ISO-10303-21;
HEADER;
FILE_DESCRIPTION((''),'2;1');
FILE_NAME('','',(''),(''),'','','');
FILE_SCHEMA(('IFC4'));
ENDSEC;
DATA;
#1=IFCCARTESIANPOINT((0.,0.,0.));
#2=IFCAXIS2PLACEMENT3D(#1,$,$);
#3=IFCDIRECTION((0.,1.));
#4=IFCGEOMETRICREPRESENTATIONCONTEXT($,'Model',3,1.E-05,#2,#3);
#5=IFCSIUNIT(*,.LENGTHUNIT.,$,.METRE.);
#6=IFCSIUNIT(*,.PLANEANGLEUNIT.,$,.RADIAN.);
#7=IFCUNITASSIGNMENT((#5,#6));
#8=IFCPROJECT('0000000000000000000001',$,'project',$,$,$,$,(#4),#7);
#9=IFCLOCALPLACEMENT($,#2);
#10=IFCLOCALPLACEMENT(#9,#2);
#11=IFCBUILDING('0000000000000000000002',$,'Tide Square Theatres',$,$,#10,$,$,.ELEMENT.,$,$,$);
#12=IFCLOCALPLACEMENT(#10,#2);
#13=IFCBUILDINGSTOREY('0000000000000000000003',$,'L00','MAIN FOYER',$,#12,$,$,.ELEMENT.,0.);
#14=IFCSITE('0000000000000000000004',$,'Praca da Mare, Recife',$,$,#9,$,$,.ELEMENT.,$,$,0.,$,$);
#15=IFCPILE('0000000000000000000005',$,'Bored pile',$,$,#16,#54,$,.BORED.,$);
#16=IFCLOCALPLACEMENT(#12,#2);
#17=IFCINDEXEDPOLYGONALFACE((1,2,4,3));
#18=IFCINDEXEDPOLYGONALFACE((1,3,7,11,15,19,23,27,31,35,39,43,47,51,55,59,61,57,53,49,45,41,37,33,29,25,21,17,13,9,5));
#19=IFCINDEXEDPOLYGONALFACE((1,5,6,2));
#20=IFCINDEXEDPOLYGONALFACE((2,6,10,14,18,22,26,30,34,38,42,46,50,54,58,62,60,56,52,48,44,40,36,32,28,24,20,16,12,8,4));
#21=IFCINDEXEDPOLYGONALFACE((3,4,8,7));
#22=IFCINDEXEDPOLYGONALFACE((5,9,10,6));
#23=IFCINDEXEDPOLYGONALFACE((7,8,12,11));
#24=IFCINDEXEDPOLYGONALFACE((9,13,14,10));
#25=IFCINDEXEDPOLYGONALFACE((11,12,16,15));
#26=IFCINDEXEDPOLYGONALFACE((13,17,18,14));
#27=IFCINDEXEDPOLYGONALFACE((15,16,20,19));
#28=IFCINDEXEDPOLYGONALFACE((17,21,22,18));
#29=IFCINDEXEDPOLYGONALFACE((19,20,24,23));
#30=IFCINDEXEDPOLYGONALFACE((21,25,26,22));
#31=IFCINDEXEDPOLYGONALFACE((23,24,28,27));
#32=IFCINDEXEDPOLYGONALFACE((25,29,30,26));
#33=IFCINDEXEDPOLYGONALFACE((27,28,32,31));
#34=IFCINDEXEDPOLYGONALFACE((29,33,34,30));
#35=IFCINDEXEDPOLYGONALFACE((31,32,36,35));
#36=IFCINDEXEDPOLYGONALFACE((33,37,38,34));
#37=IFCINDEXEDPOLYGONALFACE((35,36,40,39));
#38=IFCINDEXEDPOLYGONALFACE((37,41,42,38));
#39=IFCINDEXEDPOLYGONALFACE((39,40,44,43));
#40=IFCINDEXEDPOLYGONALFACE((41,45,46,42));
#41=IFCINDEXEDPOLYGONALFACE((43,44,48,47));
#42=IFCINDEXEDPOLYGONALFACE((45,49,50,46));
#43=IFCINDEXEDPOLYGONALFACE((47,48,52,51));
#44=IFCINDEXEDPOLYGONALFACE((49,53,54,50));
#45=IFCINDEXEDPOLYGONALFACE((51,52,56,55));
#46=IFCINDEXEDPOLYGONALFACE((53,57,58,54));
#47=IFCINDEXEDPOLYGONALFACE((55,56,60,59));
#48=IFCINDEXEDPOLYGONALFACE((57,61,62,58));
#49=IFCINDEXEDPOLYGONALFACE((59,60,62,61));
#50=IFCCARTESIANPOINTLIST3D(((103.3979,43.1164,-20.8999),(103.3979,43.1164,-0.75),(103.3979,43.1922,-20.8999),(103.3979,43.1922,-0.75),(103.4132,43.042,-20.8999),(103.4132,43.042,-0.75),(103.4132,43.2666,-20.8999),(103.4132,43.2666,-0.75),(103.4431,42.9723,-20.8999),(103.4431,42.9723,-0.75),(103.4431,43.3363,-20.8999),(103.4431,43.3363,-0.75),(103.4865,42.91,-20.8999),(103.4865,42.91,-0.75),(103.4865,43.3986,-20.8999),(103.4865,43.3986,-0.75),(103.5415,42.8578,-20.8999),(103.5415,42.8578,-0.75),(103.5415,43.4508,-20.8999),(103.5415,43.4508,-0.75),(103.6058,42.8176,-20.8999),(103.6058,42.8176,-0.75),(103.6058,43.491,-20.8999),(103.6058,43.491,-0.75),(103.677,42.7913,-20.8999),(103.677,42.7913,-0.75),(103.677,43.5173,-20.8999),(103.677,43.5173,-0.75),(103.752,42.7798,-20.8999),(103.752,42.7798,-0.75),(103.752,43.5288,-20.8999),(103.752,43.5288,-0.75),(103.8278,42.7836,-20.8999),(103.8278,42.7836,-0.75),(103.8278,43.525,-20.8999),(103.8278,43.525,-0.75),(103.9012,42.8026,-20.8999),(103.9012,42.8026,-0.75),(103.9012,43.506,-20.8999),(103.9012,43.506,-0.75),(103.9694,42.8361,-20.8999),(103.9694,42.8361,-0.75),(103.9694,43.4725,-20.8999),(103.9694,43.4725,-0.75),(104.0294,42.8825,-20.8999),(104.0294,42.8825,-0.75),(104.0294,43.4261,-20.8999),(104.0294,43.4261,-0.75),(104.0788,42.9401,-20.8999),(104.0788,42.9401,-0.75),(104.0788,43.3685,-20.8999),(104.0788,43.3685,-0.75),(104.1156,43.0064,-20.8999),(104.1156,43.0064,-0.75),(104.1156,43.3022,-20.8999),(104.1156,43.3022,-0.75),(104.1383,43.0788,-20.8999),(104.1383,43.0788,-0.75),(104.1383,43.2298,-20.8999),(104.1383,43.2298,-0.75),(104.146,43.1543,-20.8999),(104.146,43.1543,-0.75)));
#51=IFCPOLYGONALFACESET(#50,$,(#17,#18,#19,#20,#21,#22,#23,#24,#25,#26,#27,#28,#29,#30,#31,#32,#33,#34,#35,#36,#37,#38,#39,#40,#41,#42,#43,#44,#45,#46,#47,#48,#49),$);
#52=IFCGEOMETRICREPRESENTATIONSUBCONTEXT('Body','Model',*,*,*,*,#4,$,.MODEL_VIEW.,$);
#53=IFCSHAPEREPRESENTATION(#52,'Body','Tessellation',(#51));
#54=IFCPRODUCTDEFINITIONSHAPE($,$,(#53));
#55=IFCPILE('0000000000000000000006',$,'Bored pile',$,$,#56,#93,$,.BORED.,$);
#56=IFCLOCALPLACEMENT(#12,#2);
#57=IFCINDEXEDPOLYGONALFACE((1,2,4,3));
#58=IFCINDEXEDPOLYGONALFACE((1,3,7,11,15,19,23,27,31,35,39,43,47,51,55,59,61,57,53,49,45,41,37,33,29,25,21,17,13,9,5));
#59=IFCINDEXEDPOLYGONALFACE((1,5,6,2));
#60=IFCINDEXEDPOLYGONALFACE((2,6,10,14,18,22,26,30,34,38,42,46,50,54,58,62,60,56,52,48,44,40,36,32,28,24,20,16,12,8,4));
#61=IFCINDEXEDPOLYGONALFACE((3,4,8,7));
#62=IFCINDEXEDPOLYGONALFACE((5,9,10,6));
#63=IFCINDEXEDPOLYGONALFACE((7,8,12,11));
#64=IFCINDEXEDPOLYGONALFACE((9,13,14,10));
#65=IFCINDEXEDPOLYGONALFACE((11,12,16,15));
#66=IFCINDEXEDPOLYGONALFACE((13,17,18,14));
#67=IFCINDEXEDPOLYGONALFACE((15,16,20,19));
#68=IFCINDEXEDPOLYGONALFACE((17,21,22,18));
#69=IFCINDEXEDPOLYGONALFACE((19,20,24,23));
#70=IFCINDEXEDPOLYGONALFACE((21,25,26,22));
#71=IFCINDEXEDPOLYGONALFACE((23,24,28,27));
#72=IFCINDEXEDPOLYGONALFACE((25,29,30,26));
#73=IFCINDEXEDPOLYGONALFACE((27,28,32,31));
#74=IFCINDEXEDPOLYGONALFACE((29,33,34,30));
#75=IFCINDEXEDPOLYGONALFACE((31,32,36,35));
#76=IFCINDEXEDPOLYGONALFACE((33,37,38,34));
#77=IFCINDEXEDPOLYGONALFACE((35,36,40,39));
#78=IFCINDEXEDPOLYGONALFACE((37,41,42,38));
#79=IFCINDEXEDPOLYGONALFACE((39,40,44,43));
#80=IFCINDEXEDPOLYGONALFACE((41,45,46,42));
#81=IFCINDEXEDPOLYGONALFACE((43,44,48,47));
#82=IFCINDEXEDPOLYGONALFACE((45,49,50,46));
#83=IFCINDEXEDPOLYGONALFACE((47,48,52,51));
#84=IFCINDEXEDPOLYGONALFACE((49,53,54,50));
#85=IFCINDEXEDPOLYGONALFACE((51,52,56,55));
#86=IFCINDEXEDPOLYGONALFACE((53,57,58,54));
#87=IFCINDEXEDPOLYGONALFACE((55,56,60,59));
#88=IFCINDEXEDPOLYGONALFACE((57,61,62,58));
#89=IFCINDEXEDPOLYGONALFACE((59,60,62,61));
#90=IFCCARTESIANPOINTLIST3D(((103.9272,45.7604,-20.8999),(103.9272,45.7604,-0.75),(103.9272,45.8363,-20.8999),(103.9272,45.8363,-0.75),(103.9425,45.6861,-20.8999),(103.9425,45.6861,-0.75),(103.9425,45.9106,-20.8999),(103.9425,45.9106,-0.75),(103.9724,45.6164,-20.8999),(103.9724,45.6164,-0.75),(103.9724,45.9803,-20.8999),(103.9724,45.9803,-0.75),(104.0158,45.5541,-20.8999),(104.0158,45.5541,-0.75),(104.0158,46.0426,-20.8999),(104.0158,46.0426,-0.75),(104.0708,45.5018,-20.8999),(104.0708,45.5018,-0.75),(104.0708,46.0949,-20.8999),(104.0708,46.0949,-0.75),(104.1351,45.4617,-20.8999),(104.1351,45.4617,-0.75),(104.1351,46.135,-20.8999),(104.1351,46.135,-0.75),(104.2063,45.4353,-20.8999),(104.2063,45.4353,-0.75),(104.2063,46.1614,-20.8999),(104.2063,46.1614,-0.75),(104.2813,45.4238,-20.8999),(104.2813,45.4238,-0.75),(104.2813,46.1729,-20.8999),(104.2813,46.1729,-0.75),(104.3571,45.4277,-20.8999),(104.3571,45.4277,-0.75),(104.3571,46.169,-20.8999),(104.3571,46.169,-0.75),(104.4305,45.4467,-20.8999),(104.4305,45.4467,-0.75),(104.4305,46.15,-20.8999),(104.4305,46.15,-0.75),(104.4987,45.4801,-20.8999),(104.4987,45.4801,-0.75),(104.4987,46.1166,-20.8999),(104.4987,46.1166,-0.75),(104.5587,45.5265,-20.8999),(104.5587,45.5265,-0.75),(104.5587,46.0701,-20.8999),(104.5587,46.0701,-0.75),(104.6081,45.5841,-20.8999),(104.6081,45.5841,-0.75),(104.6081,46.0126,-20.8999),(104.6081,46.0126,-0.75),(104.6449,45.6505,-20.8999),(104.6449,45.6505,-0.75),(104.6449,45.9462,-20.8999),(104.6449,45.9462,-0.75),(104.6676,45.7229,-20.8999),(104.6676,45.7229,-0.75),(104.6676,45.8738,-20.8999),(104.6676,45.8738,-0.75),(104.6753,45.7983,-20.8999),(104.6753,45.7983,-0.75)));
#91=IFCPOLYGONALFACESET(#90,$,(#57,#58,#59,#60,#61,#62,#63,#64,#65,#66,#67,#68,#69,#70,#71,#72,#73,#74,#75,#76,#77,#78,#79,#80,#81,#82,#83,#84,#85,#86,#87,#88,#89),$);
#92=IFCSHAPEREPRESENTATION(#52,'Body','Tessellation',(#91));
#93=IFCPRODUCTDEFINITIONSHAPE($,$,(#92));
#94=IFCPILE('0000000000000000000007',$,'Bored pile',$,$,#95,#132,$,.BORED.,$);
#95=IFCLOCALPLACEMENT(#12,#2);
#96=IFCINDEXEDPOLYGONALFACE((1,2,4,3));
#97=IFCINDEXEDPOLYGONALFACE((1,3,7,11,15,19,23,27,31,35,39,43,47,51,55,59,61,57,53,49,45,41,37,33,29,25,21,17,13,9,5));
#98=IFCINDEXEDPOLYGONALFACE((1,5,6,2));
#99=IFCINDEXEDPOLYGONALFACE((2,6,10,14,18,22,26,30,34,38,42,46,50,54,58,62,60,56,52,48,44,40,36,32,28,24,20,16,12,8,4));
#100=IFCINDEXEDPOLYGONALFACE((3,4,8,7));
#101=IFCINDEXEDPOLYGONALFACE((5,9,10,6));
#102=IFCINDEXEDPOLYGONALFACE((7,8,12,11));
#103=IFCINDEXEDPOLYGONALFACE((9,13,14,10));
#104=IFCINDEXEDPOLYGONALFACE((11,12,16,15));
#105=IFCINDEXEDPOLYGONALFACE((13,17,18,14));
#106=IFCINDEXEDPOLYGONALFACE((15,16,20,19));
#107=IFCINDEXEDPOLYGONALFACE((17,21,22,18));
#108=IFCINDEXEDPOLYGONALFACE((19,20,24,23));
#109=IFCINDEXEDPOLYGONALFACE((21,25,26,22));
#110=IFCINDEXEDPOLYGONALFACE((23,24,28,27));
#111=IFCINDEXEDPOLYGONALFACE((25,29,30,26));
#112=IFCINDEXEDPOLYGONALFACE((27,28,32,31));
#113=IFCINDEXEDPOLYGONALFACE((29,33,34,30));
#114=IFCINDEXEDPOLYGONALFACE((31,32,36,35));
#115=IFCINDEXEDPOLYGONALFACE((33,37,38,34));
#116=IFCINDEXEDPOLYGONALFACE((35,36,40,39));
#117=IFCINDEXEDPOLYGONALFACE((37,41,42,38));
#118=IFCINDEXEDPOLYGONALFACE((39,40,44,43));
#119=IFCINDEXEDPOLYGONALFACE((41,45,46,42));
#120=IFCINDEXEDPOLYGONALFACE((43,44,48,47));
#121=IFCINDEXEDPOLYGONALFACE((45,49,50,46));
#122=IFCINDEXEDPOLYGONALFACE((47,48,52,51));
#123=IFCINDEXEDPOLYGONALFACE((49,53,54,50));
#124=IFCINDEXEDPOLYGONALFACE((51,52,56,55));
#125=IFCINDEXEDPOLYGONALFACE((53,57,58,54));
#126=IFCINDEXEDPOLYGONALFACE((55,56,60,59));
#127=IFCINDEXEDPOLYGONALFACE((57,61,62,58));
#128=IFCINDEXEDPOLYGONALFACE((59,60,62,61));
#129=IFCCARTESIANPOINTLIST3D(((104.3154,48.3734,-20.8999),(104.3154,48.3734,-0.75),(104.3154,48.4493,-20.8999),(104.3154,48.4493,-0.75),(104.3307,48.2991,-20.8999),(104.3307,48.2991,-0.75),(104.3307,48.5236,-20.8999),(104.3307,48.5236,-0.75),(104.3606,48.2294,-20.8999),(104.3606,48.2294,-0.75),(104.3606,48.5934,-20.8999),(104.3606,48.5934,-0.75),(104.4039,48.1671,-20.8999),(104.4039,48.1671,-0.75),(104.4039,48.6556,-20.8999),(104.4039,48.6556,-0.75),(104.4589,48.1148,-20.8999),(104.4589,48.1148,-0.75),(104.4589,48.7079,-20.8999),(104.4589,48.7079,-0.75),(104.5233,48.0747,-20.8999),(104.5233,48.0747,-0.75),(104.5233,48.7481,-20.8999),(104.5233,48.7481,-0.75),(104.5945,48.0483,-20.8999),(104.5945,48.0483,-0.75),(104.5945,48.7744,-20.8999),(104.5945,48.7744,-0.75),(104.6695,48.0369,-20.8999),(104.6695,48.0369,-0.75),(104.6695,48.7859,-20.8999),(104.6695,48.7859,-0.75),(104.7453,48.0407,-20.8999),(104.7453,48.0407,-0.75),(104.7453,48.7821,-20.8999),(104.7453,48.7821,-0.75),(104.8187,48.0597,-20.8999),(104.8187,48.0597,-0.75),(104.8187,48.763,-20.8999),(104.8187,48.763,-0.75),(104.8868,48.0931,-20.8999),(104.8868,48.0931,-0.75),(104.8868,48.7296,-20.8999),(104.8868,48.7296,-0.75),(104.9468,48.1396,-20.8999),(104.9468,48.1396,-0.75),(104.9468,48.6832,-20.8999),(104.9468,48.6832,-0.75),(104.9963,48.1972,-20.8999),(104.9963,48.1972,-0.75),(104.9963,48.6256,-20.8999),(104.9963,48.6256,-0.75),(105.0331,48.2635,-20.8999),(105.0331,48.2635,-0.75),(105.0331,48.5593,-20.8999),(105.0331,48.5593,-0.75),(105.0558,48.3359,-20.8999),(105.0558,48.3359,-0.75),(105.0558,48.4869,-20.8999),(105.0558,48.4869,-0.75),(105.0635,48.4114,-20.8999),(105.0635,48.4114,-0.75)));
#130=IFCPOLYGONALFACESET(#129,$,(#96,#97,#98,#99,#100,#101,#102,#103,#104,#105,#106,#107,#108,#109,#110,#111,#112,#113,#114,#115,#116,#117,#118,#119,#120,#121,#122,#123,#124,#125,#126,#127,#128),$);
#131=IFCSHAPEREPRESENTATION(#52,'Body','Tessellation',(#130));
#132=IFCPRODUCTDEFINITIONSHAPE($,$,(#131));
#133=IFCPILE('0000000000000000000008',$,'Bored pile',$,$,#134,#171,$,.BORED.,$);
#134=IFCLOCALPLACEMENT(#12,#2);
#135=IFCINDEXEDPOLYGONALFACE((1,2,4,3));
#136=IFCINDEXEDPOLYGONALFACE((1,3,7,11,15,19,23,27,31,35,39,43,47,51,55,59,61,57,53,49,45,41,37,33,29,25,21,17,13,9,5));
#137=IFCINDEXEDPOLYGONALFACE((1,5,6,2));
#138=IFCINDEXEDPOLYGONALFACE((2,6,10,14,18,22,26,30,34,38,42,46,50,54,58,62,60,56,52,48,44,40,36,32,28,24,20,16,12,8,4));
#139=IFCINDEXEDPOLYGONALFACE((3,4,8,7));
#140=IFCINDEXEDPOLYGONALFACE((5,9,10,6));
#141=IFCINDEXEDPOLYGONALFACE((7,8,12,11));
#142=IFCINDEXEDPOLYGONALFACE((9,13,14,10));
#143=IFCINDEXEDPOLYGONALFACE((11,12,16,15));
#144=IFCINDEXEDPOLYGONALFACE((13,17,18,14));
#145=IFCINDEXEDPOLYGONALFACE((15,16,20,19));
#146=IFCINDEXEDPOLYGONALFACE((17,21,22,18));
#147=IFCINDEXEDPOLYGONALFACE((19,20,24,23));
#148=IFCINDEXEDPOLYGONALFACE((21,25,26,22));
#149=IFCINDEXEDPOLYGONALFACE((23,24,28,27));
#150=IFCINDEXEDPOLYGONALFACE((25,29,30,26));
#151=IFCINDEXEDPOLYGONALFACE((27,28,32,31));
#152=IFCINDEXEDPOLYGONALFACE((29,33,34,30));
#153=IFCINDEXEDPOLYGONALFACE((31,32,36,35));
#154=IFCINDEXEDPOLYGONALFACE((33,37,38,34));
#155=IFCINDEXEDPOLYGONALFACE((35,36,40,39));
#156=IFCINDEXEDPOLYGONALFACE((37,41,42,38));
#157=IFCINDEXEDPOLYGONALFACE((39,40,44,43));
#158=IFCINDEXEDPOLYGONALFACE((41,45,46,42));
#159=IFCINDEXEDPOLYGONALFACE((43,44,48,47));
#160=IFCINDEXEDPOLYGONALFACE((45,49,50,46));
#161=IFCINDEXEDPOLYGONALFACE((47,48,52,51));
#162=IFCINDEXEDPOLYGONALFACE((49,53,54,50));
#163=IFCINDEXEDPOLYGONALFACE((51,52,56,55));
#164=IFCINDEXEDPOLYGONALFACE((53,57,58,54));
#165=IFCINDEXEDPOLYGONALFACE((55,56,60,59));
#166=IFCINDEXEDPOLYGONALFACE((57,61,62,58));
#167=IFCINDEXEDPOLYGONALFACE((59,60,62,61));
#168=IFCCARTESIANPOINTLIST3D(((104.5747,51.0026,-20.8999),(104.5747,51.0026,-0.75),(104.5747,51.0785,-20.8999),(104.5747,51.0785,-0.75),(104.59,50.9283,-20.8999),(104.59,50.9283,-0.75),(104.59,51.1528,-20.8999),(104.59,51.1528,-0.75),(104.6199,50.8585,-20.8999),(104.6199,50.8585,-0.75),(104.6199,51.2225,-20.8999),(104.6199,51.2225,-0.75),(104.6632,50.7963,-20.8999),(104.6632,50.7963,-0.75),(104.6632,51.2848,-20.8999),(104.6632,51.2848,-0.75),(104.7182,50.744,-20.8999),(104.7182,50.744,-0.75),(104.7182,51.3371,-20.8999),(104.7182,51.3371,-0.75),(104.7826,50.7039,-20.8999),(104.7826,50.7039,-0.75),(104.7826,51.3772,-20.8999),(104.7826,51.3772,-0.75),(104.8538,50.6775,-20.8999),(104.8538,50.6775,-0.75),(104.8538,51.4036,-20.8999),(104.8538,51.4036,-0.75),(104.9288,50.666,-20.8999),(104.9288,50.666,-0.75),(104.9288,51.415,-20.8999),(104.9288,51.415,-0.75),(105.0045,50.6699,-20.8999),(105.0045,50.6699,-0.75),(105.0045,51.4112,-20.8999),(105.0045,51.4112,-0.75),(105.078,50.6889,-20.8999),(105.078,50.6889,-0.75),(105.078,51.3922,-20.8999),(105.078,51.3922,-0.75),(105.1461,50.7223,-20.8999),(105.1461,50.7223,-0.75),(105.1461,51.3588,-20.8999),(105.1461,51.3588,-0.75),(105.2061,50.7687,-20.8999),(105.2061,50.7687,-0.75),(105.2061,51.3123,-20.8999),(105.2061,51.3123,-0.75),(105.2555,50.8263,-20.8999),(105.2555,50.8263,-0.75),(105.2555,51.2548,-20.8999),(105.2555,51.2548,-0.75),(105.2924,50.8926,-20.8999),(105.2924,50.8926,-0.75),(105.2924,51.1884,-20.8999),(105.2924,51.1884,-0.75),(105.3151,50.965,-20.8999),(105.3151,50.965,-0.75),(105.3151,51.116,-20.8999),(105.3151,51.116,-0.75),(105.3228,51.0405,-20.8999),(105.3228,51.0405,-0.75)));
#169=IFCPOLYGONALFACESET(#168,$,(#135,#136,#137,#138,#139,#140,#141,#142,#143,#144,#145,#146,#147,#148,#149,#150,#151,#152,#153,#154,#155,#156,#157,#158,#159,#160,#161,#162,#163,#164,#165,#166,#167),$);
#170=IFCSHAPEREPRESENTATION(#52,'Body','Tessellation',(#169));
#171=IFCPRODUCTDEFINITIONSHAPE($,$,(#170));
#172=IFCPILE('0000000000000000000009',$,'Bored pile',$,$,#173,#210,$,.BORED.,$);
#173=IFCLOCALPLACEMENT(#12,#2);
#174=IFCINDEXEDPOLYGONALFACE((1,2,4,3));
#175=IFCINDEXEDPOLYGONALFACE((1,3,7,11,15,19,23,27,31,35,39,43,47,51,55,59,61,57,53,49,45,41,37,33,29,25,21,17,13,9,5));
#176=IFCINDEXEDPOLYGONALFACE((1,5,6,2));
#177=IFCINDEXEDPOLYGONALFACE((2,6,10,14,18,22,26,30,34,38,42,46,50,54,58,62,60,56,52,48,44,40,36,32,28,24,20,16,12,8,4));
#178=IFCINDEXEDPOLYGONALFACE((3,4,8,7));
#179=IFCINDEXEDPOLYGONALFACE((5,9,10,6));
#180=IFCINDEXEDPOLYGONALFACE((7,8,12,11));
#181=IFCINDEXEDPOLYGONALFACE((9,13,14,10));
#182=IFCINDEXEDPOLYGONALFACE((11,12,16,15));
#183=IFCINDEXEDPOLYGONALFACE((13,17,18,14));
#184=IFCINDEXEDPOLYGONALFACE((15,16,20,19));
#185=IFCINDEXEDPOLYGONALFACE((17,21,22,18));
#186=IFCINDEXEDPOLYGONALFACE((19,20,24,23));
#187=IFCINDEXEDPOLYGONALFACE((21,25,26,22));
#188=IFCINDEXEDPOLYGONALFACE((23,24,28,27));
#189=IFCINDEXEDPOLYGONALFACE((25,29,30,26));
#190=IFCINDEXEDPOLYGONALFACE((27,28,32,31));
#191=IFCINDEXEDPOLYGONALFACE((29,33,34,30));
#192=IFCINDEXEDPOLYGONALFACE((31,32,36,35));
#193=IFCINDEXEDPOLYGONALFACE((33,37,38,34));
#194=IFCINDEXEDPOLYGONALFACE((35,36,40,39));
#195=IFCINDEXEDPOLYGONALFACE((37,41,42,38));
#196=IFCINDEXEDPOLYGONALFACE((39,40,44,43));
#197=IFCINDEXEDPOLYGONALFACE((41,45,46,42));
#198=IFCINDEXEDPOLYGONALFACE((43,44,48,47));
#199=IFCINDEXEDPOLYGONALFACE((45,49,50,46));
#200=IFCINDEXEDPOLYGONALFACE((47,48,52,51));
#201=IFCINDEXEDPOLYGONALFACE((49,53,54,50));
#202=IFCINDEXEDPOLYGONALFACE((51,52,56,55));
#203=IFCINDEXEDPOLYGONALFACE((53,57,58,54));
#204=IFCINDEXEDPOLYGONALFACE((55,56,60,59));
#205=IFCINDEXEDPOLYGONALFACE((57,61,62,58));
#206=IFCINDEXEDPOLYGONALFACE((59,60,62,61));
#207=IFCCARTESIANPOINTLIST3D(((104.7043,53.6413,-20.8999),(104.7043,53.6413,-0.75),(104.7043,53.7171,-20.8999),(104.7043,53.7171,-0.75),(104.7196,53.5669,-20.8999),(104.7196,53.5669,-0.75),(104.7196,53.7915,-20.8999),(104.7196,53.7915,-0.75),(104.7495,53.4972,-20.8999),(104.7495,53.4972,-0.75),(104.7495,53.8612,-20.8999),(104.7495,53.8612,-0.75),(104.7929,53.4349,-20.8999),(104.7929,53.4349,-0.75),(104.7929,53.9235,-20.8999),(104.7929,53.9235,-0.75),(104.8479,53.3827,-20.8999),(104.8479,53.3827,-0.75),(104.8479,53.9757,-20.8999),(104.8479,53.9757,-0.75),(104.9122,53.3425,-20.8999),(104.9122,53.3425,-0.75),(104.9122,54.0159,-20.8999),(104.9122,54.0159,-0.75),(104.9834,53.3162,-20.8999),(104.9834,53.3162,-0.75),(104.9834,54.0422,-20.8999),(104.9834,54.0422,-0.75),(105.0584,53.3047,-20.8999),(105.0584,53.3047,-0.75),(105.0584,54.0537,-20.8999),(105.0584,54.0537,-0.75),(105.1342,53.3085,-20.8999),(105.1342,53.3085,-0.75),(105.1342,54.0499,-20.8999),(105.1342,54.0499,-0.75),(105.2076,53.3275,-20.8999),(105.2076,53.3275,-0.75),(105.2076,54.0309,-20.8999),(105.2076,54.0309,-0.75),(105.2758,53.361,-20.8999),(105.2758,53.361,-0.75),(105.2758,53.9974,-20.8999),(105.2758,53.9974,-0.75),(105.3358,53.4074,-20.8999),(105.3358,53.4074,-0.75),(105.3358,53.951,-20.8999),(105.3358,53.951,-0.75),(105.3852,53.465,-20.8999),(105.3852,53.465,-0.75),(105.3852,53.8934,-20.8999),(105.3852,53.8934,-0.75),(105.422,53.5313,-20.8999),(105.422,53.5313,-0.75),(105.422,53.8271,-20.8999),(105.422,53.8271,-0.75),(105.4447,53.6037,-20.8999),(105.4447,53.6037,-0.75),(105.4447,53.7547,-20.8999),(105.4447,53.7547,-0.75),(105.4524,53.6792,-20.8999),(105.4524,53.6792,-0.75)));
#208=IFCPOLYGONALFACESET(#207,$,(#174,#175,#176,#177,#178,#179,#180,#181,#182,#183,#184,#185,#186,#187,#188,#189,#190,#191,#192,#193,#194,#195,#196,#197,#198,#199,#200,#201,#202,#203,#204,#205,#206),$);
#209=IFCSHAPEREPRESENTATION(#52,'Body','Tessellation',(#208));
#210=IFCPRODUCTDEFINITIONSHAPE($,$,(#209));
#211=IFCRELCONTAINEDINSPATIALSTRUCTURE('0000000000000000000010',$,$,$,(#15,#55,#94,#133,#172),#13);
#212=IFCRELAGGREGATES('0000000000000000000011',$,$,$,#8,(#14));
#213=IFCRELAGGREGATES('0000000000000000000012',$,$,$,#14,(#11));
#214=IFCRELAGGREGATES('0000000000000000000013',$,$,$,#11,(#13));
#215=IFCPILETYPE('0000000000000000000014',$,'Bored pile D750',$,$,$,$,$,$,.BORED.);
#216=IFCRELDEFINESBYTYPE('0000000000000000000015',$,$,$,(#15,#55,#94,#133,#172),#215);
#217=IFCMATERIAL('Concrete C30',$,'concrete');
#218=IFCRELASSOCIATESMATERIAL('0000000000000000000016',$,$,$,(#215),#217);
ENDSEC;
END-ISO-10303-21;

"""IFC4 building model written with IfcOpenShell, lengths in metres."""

from ifc_helpers import new_model, si_unit, direction, frame, origin, origin_2d, place, context, subcontext, project, spatial, circle, extrude, material, material_profile, profile_set, type_object, element, save


model = new_model("IFC4")

# Units and contexts
model_context = context("Model", 3, precision=1e-05, world=origin(), true_north=direction((0.0, 1.0)))
body_context = subcontext(model_context, "Body", "Model", "MODEL_VIEW")
ifc_project = project(units=[si_unit("LENGTHUNIT", "METRE"), si_unit("PLANEANGLEUNIT", "RADIAN")], contexts=[model_context])

# Site, building, storey
site_placement = place(None, origin())
site = spatial("IfcSite", under=ifc_project, at=site_placement, Name="Praca da Mare, Recife", CompositionType="ELEMENT", RefElevation=0.0)
building_placement = place(site_placement, origin())
building = spatial("IfcBuilding", under=site, at=building_placement, Name="Tide Square Theatres", CompositionType="ELEMENT")
storey_placement = place(building_placement, origin())
storey = spatial("IfcBuildingStorey", under=building, at=storey_placement, Name="L00", Description="MAIN FOYER", CompositionType="ELEMENT", Elevation=0.0)

# Piles
ifc_material_1 = material(Name="Concrete C30", Category="concrete")
ifc_material_profile_1 = material_profile(ifc_material_1, circle(Radius=0.375, at=origin_2d()))
ifc_profile_set_1 = profile_set([ifc_material_profile_1], Name="Concrete C30")
pile_type_1 = type_object("IfcPileType", Name="Bored pile D750", PredefinedType="BORED", material=ifc_profile_set_1)
for number, where, z_axis, x_axis, name in (
    (1, (103.771, 43.1543, -0.75), (0.0, 0.0, -1.0), (1.0, 0.0, 0.0), "Bored pile"),
    (2, (104.3003, 45.7983, -0.75), (0.0, 0.0, -1.0), (1.0, 0.0, 0.0), "Bored pile"),
    (3, (104.6885, 48.4114, -0.75), (0.0, 0.0, -1.0), (1.0, 0.0, 0.0), "Bored pile"),
    (4, (104.9478, 51.0405, -0.75), (0.0, 0.0, -1.0), (1.0, 0.0, 0.0), "Bored pile"),
    (5, (105.0774, 53.6792, -0.75), (0.0, 0.0, -1.0), (1.0, 0.0, 0.0), "Bored pile"),
):
    element("IfcPile", number, at=place(storey_placement, frame(where, z_axis=z_axis, x_axis=x_axis)), inside=storey, type_object=pile_type_1, Name=name, PredefinedType="BORED", context=body_context, shape_type="SweptSolid", body=[
        extrude(circle(Radius=0.375, at=origin_2d()), origin(), (0.0, 0.0, 1.0), 20.1499),
    ])

save(model, "model.ifc")
